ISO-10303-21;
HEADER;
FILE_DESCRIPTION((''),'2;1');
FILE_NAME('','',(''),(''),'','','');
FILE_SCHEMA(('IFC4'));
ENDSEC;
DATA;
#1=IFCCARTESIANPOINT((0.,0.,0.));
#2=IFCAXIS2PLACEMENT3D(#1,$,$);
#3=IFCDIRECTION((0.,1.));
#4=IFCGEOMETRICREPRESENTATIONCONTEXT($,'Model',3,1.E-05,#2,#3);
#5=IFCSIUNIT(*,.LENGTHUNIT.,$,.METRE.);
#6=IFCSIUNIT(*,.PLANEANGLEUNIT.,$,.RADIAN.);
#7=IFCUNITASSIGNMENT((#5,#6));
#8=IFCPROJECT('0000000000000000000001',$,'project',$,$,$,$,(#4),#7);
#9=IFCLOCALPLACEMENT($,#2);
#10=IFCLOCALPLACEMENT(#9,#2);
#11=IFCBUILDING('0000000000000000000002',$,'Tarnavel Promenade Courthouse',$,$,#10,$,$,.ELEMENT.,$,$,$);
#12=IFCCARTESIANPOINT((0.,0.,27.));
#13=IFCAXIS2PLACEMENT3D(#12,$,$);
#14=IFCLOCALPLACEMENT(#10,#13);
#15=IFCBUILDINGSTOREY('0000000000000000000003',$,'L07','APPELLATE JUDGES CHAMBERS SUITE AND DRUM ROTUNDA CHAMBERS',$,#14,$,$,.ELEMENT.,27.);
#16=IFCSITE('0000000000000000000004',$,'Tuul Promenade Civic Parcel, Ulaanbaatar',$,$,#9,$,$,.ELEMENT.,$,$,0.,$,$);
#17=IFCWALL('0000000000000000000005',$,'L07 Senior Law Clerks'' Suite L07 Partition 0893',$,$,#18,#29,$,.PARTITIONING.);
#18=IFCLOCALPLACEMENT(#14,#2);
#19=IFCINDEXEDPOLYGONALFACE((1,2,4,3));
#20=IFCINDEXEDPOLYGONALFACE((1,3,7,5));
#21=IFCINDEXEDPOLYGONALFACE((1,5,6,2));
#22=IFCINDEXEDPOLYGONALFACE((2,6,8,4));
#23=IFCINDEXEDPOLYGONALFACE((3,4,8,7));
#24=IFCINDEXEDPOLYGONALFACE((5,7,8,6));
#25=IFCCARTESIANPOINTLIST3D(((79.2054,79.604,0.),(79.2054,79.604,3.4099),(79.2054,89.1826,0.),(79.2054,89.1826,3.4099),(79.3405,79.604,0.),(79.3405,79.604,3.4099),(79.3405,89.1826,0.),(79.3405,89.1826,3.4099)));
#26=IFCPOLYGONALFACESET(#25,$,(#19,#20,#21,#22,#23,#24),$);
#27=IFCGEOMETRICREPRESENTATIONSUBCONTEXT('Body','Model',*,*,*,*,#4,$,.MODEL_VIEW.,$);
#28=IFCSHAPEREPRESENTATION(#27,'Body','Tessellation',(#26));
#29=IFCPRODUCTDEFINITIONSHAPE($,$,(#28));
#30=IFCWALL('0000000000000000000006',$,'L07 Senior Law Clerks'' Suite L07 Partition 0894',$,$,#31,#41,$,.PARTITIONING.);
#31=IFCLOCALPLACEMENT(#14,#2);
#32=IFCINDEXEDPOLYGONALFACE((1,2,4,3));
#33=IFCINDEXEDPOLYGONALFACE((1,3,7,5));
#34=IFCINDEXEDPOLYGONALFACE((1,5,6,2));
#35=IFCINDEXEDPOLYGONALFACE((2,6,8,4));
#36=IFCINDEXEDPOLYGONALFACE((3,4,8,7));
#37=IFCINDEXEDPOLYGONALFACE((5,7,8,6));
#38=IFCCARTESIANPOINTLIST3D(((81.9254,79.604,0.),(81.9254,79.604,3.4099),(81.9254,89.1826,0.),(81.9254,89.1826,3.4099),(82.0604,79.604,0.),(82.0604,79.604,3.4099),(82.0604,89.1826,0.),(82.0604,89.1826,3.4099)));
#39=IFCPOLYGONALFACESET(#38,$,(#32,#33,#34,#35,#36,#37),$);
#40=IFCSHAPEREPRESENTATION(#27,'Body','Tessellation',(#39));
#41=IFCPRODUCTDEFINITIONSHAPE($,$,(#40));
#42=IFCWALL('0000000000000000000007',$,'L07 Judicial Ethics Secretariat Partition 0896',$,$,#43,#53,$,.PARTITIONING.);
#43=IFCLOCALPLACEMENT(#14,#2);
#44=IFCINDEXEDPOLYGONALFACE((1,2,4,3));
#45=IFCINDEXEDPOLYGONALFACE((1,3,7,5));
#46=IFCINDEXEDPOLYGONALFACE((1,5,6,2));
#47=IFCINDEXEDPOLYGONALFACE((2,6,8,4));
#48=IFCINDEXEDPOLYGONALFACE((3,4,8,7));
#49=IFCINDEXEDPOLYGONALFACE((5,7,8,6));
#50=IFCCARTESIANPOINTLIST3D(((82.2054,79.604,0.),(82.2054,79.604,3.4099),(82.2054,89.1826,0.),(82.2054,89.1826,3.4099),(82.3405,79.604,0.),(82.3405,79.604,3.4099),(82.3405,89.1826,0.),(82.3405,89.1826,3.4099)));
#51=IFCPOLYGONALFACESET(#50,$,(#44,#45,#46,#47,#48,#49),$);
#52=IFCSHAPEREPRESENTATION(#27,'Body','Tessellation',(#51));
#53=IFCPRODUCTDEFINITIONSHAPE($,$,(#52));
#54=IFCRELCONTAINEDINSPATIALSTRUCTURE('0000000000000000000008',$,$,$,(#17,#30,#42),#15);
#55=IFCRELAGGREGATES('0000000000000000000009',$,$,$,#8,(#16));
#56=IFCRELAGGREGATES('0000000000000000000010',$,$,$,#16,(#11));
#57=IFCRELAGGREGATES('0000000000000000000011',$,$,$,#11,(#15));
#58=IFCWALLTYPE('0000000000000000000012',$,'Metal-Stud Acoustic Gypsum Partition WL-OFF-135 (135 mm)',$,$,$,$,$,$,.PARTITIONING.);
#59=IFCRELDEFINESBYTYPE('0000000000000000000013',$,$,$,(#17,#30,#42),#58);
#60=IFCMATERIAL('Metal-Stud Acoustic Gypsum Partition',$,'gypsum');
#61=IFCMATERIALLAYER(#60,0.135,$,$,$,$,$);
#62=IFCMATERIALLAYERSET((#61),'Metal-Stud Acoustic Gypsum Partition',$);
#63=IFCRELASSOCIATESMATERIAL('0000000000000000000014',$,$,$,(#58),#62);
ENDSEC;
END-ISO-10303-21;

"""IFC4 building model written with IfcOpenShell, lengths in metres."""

from ifc_helpers import new_model, si_unit, direction, frame, frame_2d, origin, place, context, subcontext, project, spatial, rectangle, extrude, material, layer, layer_set, type_object, element, save


model = new_model("IFC4")

# Units and contexts
model_context = context("Model", 3, precision=1e-05, world=origin(), true_north=direction((0.0, 1.0)))
body_context = subcontext(model_context, "Body", "Model", "MODEL_VIEW")
ifc_project = project(units=[si_unit("LENGTHUNIT", "METRE"), si_unit("PLANEANGLEUNIT", "RADIAN")], contexts=[model_context])

# Site, building, storey
site_placement = place(None, origin())
site = spatial("IfcSite", under=ifc_project, at=site_placement, Name="Tuul Promenade Civic Parcel, Ulaanbaatar", CompositionType="ELEMENT", RefElevation=0.0)
building_placement = place(site_placement, origin())
building = spatial("IfcBuilding", under=site, at=building_placement, Name="Tarnavel Promenade Courthouse", CompositionType="ELEMENT")
storey_placement = place(building_placement, frame((0.0, 0.0, 27.0)))
storey = spatial("IfcBuildingStorey", under=building, at=storey_placement, Name="L07", Description="APPELLATE JUDGES CHAMBERS SUITE AND DRUM ROTUNDA CHAMBERS", CompositionType="ELEMENT", Elevation=27.0)

# Shared definitions
ifc_material_1 = material(Name="Metal-Stud Acoustic Gypsum Partition", Category="gypsum")
ifc_layer_1 = layer(ifc_material_1, 0.135)
ifc_layer_set_1 = layer_set([ifc_layer_1], Name="Metal-Stud Acoustic Gypsum Partition")
wall_type_1 = type_object("IfcWallType", Name="Metal-Stud Acoustic Gypsum Partition WL-OFF-135 (135 mm)", PredefinedType="PARTITIONING", material=ifc_layer_set_1)

# Walls
for number, where, z_axis, x_axis, name in (
    (1, (79.2729, 79.604, 0.0), (0.0, 0.0, 1.0), (0.0, 1.0, 0.0), "L07 Senior Law Clerks' Suite L07 Partition 0893"),
    (2, (81.9929, 89.1826, 0.0), (0.0, 0.0, 1.0), (0.0, -1.0, 0.0), "L07 Senior Law Clerks' Suite L07 Partition 0894"),
):
    element("IfcWall", number, at=place(storey_placement, frame(where, z_axis=z_axis, x_axis=x_axis)), inside=storey, type_object=wall_type_1, Name=name, PredefinedType="PARTITIONING", context=body_context, shape_type="SweptSolid", body=[
        extrude(rectangle(XDim=9.5786, YDim=0.135, at=frame_2d((4.7893, 0.0))), origin(), (0.0, 0.0, 1.0), 3.4099),
    ])

# Wall
wall_1_placement = place(storey_placement, frame((82.2729, 79.604, 0.0), z_axis=(0.0, 0.0, 1.0), x_axis=(0.0, 1.0, 0.0)))
element("IfcWall", 3, at=wall_1_placement, inside=storey, type_object=wall_type_1, Name="L07 Judicial Ethics Secretariat Partition 0896", PredefinedType="PARTITIONING", context=body_context, shape_type="SweptSolid", body=[
    extrude(rectangle(XDim=9.5786, YDim=0.135, at=frame_2d((4.7893, 0.0))), origin(), (0.0, 0.0, 1.0), 3.4099),
])

save(model, "model.ifc")
